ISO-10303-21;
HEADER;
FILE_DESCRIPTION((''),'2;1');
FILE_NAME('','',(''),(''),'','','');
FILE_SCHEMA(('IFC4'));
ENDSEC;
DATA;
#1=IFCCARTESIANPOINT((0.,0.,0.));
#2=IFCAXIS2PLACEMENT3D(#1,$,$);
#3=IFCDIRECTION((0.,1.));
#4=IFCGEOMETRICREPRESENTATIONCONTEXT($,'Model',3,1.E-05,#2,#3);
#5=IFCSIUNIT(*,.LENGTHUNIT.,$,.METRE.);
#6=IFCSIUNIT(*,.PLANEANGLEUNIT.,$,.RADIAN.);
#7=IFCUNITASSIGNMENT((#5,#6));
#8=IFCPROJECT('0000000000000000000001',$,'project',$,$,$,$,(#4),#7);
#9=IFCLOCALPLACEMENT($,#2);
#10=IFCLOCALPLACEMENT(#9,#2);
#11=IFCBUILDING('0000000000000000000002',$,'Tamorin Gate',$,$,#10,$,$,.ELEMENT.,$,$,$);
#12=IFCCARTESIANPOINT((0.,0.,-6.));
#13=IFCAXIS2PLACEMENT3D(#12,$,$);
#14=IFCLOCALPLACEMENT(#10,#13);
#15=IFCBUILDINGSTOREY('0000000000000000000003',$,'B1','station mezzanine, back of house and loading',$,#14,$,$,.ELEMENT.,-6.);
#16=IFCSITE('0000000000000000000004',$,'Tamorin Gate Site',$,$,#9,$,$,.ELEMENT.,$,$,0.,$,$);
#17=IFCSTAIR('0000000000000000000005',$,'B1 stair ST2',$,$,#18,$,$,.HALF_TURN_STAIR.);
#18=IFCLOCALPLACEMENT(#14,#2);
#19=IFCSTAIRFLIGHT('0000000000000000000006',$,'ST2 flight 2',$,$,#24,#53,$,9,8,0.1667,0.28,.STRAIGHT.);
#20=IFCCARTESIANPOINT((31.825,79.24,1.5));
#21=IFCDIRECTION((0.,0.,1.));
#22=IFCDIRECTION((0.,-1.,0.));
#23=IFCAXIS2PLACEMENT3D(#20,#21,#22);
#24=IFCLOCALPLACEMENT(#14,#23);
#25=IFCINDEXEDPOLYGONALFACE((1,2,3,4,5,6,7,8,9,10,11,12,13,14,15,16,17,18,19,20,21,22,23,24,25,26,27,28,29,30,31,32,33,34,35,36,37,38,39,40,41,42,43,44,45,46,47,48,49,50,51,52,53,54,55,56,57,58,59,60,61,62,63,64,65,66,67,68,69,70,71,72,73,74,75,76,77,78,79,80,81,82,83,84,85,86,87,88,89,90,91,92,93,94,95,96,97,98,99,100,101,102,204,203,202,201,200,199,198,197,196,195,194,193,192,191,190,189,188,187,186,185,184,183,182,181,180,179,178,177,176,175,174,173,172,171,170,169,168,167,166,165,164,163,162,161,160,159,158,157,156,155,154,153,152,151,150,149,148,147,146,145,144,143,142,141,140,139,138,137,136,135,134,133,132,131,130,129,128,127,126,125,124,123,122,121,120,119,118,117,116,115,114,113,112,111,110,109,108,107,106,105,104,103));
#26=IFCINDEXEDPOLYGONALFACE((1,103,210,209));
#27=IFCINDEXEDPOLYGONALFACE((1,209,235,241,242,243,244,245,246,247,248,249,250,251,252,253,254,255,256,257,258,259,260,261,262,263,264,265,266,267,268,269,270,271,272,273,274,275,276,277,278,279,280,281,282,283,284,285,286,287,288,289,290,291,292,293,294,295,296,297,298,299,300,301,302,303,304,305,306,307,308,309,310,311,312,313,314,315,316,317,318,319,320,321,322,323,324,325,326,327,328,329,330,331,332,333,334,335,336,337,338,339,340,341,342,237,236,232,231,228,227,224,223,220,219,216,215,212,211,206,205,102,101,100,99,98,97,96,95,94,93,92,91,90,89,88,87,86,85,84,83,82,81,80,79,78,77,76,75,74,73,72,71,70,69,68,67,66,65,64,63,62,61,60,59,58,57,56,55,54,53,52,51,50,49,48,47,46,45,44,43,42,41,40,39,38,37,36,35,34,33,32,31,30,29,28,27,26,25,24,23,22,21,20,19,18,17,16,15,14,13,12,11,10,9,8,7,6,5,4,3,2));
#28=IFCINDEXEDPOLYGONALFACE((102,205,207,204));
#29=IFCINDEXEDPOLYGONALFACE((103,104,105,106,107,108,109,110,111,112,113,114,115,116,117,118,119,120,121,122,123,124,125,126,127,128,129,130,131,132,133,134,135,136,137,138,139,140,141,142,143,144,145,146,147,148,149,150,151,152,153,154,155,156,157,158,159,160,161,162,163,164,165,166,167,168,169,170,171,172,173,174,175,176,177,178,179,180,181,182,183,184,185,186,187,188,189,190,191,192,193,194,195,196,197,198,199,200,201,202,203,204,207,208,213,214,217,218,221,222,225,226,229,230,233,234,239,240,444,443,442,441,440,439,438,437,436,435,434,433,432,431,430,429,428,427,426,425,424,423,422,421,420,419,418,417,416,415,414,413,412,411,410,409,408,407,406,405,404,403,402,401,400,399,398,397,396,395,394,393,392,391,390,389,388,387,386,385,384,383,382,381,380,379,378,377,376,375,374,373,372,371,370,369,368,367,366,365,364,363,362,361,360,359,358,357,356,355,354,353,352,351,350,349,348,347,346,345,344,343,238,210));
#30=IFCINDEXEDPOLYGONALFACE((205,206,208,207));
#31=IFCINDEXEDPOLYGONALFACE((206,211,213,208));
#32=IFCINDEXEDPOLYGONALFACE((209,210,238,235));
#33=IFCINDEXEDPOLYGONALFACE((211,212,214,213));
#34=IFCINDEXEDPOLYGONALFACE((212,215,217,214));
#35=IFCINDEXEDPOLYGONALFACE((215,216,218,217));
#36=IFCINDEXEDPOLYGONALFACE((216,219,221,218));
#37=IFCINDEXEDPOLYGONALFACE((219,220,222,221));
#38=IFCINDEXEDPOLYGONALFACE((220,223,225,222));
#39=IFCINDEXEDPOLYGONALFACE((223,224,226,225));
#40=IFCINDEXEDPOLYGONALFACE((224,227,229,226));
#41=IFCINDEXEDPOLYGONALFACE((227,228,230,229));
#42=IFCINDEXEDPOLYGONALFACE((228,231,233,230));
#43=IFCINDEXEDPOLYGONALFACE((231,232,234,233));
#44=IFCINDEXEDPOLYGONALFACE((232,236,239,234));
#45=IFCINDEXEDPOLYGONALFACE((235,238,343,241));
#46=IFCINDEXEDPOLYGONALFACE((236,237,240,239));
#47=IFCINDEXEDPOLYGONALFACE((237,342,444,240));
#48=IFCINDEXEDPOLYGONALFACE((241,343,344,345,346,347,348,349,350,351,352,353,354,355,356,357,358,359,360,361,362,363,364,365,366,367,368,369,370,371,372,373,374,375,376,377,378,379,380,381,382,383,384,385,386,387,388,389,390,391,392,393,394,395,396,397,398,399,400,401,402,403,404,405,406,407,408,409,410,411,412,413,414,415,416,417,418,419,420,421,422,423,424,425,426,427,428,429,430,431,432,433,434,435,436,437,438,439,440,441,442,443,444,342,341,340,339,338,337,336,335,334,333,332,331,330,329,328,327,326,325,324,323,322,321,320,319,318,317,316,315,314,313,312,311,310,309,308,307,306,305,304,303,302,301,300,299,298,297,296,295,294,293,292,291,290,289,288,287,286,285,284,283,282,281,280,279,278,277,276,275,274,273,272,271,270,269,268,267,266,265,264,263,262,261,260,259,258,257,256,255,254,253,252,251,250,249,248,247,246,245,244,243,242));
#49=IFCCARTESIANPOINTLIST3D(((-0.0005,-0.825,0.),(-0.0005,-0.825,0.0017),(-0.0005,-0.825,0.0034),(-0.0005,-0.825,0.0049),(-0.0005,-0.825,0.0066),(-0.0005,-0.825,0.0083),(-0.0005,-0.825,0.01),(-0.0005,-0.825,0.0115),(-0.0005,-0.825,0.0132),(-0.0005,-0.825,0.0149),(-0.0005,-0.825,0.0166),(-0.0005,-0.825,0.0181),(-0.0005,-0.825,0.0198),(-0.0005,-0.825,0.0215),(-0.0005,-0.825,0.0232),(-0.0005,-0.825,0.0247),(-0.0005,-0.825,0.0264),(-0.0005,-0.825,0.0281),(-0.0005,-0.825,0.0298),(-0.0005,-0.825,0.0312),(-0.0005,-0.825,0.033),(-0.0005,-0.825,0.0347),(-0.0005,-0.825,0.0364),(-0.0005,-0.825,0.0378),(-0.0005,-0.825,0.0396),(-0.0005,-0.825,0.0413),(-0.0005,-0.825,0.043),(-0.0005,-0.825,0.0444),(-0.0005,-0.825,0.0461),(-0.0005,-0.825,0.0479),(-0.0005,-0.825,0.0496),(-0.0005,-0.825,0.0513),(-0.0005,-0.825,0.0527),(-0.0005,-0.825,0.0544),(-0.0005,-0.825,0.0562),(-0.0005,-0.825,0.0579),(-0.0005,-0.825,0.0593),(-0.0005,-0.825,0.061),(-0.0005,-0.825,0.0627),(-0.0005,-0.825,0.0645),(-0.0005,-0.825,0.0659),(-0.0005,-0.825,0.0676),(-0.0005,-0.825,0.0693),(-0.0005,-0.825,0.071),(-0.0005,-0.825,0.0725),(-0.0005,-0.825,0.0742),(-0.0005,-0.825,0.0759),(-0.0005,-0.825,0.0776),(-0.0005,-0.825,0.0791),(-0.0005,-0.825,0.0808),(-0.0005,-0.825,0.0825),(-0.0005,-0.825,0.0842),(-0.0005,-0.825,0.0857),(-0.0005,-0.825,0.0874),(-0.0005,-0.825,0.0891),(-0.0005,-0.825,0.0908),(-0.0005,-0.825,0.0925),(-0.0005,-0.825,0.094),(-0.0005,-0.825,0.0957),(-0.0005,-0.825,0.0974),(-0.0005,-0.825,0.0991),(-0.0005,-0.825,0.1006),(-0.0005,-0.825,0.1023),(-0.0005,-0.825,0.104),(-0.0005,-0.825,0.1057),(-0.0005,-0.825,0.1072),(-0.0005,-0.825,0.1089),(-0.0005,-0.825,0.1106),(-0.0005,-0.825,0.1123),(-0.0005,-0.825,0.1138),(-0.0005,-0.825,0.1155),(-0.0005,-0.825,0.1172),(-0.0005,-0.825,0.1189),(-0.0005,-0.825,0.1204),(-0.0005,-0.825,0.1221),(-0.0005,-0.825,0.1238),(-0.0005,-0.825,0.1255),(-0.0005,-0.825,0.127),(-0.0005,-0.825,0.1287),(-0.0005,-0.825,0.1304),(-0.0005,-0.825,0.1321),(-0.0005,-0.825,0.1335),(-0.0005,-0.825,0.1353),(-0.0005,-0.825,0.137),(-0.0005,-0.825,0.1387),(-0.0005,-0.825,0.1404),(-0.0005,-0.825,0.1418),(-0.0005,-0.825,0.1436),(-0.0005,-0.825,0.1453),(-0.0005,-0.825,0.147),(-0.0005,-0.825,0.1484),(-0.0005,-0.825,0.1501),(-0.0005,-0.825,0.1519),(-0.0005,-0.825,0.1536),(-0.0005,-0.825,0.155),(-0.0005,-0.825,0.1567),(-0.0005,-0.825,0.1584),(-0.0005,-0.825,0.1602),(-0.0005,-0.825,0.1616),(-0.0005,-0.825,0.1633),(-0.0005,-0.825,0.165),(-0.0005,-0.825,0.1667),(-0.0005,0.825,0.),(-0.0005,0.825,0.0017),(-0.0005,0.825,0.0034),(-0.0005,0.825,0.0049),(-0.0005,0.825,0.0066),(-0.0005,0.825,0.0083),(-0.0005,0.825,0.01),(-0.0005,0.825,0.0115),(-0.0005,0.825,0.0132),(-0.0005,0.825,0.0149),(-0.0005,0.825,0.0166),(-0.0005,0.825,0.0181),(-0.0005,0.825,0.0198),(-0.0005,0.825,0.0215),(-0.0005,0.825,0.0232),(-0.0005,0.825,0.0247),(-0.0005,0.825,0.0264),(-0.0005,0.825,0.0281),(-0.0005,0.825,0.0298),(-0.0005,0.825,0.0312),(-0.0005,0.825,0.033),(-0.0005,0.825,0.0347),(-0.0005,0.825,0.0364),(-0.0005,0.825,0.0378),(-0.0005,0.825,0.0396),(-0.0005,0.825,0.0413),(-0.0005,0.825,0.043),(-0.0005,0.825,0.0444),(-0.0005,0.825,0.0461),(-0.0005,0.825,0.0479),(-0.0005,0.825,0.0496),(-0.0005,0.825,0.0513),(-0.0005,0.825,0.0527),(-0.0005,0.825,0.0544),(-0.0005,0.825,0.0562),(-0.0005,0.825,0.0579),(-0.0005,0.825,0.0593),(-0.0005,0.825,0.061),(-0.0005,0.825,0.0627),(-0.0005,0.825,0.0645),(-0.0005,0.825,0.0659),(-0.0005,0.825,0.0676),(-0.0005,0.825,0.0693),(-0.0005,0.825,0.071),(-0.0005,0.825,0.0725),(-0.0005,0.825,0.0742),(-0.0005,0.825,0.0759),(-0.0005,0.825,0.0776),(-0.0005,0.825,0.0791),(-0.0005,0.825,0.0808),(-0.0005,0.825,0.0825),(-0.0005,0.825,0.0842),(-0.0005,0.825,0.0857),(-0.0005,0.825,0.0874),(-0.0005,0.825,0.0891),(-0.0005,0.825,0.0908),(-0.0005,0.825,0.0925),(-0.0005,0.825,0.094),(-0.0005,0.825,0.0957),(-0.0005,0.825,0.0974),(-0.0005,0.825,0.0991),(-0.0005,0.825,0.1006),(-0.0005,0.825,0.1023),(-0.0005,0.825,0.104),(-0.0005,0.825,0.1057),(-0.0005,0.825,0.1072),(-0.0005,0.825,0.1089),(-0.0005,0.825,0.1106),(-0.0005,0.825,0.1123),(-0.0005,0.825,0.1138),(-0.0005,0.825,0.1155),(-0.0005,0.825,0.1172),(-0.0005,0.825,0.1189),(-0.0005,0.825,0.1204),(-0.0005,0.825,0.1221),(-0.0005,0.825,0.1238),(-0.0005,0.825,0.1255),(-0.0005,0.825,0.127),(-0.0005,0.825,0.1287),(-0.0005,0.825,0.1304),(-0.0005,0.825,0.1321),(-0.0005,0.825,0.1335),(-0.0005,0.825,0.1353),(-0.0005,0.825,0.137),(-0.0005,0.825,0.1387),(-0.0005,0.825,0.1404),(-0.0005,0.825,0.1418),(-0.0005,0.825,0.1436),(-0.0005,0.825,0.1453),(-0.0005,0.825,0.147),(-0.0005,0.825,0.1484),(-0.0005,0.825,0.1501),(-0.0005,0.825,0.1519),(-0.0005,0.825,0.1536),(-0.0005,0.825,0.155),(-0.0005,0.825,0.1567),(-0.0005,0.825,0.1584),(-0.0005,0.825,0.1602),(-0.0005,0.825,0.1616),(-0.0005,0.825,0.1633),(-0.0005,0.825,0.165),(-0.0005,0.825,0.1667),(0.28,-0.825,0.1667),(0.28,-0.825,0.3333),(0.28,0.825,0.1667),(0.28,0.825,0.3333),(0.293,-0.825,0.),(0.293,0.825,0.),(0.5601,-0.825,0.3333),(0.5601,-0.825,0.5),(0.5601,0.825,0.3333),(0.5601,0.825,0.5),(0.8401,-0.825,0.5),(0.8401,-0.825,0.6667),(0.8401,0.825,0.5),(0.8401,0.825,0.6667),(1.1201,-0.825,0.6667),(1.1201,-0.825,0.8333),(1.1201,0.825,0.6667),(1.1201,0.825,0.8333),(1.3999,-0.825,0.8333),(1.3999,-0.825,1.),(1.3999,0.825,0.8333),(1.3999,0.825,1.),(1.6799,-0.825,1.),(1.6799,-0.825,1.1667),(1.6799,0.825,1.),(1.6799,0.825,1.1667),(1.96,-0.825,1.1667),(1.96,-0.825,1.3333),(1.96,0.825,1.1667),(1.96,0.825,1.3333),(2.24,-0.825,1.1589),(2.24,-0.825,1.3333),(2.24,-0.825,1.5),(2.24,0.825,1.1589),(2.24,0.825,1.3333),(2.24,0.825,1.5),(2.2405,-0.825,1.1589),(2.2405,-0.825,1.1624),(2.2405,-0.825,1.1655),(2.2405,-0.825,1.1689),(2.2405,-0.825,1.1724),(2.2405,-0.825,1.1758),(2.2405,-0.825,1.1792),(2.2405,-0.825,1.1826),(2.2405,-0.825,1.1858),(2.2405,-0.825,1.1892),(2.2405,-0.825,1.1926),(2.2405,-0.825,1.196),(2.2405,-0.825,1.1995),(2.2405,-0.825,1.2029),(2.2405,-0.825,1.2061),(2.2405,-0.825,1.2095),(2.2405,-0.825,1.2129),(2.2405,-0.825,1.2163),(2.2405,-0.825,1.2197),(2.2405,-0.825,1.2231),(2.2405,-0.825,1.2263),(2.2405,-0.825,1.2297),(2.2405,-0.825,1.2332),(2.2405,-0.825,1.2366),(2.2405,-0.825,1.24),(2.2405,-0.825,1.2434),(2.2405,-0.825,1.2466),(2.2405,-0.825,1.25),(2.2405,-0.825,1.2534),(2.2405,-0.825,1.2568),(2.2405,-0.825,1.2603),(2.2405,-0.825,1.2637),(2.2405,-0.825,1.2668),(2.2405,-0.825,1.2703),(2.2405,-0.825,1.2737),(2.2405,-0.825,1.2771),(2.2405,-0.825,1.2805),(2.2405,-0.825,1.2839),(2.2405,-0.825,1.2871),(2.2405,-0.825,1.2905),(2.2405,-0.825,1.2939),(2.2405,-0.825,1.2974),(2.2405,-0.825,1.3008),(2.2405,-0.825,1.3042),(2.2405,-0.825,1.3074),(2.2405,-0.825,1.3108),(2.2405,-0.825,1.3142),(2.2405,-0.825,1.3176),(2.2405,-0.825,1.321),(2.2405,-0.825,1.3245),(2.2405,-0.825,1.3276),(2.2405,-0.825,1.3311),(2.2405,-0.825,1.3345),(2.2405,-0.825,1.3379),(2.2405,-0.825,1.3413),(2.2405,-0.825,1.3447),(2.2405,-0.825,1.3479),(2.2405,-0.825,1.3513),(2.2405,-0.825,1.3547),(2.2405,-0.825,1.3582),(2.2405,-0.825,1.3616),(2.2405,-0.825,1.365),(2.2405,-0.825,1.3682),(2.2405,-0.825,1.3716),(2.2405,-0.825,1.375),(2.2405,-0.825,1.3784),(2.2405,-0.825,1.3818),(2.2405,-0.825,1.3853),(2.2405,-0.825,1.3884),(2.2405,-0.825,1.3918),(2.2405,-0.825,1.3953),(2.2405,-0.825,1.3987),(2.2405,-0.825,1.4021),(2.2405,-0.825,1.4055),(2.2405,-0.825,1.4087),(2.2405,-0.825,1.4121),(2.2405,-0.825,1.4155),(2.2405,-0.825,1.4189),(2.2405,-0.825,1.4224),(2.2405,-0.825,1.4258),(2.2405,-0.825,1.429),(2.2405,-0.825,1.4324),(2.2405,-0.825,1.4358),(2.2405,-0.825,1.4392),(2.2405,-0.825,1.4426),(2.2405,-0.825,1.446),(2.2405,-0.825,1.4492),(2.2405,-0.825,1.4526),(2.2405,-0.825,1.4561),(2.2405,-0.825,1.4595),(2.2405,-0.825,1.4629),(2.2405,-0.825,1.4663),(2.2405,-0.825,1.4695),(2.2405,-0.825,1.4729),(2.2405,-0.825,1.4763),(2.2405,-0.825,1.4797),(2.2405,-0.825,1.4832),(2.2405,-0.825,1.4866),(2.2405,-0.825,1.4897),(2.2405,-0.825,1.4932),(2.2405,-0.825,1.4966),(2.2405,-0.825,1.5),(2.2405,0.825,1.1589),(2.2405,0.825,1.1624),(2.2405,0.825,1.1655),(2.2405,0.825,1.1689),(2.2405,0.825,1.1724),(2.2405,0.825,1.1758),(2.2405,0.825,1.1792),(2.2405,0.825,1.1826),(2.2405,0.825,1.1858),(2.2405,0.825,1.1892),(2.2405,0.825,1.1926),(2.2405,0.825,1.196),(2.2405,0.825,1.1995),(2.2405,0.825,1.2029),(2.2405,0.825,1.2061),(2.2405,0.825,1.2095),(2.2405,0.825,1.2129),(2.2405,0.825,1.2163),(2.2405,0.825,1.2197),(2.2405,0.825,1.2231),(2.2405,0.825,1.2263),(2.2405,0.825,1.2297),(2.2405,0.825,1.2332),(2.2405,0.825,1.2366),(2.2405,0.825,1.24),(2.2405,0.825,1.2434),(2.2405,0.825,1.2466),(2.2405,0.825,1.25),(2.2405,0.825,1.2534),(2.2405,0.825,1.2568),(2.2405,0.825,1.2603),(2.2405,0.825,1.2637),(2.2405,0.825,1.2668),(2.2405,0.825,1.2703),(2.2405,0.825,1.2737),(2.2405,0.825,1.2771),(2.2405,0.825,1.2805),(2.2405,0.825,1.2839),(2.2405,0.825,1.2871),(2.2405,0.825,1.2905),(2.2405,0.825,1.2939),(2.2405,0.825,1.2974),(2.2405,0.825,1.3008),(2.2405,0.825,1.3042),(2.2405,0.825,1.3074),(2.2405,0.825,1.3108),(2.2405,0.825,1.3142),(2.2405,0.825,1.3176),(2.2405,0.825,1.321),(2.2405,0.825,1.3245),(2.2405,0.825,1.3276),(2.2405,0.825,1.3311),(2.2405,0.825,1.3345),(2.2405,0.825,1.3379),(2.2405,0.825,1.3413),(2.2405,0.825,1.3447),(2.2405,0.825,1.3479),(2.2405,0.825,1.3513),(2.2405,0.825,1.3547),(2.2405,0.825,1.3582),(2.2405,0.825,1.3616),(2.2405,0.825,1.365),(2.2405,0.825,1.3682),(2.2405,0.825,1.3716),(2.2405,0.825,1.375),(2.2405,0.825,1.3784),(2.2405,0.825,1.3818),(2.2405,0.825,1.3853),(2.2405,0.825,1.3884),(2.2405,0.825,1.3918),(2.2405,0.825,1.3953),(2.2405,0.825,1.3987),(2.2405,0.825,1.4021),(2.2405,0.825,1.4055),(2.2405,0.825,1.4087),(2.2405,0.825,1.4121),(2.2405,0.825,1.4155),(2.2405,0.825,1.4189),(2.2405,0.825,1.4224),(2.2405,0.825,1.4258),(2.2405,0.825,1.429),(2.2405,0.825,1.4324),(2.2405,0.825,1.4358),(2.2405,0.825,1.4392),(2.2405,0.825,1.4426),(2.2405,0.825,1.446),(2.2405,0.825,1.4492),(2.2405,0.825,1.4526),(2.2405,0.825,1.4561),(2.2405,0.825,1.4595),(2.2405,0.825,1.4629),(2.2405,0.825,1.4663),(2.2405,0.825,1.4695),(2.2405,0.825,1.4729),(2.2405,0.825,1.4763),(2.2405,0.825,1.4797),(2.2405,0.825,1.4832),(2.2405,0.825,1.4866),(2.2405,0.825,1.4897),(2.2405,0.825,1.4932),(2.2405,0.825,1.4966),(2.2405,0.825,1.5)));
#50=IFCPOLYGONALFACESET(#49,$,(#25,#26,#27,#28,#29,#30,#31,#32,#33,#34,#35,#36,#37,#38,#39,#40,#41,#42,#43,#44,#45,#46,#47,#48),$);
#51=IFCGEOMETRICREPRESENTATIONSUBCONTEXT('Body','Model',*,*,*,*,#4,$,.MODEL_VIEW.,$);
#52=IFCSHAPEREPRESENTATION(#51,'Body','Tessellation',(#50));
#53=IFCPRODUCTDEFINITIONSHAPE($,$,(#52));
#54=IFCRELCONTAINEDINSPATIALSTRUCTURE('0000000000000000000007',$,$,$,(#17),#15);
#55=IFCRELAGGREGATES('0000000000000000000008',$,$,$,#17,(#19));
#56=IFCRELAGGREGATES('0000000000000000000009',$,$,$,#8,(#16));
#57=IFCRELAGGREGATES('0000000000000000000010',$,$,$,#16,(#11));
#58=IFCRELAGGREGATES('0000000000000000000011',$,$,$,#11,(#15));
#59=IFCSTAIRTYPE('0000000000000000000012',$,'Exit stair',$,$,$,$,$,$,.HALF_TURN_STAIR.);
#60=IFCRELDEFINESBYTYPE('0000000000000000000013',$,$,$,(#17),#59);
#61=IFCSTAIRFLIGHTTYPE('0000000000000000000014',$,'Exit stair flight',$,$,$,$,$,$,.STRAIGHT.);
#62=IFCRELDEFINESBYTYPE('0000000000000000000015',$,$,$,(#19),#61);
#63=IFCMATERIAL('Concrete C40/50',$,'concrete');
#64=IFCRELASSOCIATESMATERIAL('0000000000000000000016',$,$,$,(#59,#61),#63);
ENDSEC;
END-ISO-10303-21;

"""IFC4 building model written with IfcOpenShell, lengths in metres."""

from ifc_helpers import new_model, si_unit, direction, frame, origin, place, context, subcontext, project, spatial, polyline, outline, extrude, material, type_object, element, aggregate, save


model = new_model("IFC4")

# Units and contexts
model_context = context("Model", 3, precision=1e-05, world=origin(), true_north=direction((0.0, 1.0)))
body_context = subcontext(model_context, "Body", "Model", "MODEL_VIEW")
ifc_project = project(units=[si_unit("LENGTHUNIT", "METRE"), si_unit("PLANEANGLEUNIT", "RADIAN")], contexts=[model_context])

# Site, building, storey
site_placement = place(None, origin())
site = spatial("IfcSite", under=ifc_project, at=site_placement, Name="Tamorin Gate Site", CompositionType="ELEMENT", RefElevation=0.0)
building_placement = place(site_placement, origin())
building = spatial("IfcBuilding", under=site, at=building_placement, Name="Tamorin Gate", CompositionType="ELEMENT")
storey_placement = place(building_placement, frame((0.0, 0.0, -6.0)))
storey = spatial("IfcBuildingStorey", under=building, at=storey_placement, Name="B1", Description="station mezzanine, back of house and loading", CompositionType="ELEMENT", Elevation=-6.0)

# Shared definitions
ifc_material_1 = material(Name="Concrete C40/50", Category="concrete")

# Stair, stair flight
stair_type = type_object("IfcStairType", Name="Exit stair", PredefinedType="HALF_TURN_STAIR", material=ifc_material_1)
stair_placement = place(storey_placement, origin())
stair = element("IfcStair", 1, at=stair_placement, inside=storey, type_object=stair_type, Name="B1 stair ST2", PredefinedType="HALF_TURN_STAIR")
stair_flight_type = type_object("IfcStairFlightType", Name="Exit stair flight", PredefinedType="STRAIGHT", material=ifc_material_1)
stair_flight_1_placement = place(storey_placement, frame((31.825, 79.24, 1.5), z_axis=(0.0, 0.0, 1.0), x_axis=(0.0, -1.0, 0.0)))
stair_flight_1 = element("IfcStairFlight", 2, at=stair_flight_1_placement, type_object=stair_flight_type, Name="ST2 flight 2", NumberOfRisers=9, NumberOfTreads=8, PredefinedType="STRAIGHT", RiserHeight=0.1667, TreadLength=0.28, context=body_context, shape_type="SweptSolid", body=[
    extrude(outline(polyline([(-0.0005, 0.0), (-0.0005, 0.0017), (-0.0005, 0.0034), (-0.0005, 0.0049), (-0.0005, 0.0066), (-0.0005, 0.0083), (-0.0005, 0.01), (-0.0005, 0.0115), (-0.0005, 0.0132), (-0.0005, 0.0149), (-0.0005, 0.0166), (-0.0005, 0.0181), (-0.0005, 0.0198), (-0.0005, 0.0215), (-0.0005, 0.0232), (-0.0005, 0.0247), (-0.0005, 0.0264), (-0.0005, 0.0281), (-0.0005, 0.0298), (-0.0005, 0.0312), (-0.0005, 0.033), (-0.0005, 0.0347), (-0.0005, 0.0364), (-0.0005, 0.0378), (-0.0005, 0.0396), (-0.0005, 0.0413), (-0.0005, 0.043), (-0.0005, 0.0444), (-0.0005, 0.0461), (-0.0005, 0.0479), (-0.0005, 0.0496), (-0.0005, 0.0513), (-0.0005, 0.0527), (-0.0005, 0.0544), (-0.0005, 0.0562), (-0.0005, 0.0579), (-0.0005, 0.0593), (-0.0005, 0.061), (-0.0005, 0.0627), (-0.0005, 0.0645), (-0.0005, 0.0659), (-0.0005, 0.0676), (-0.0005, 0.0693), (-0.0005, 0.071), (-0.0005, 0.0725), (-0.0005, 0.0742), (-0.0005, 0.0759), (-0.0005, 0.0776), (-0.0005, 0.0791), (-0.0005, 0.0808), (-0.0005, 0.0825), (-0.0005, 0.0842), (-0.0005, 0.0857), (-0.0005, 0.0874), (-0.0005, 0.0891), (-0.0005, 0.0908), (-0.0005, 0.0925), (-0.0005, 0.094), (-0.0005, 0.0957), (-0.0005, 0.0974), (-0.0005, 0.0991), (-0.0005, 0.1006), (-0.0005, 0.1023), (-0.0005, 0.104), (-0.0005, 0.1057), (-0.0005, 0.1072), (-0.0005, 0.1089), (-0.0005, 0.1106), (-0.0005, 0.1123), (-0.0005, 0.1138), (-0.0005, 0.1155), (-0.0005, 0.1172), (-0.0005, 0.1189), (-0.0005, 0.1204), (-0.0005, 0.1221), (-0.0005, 0.1238), (-0.0005, 0.1255), (-0.0005, 0.127), (-0.0005, 0.1287), (-0.0005, 0.1304), (-0.0005, 0.1321), (-0.0005, 0.1335), (-0.0005, 0.1353), (-0.0005, 0.137), (-0.0005, 0.1387), (-0.0005, 0.1404), (-0.0005, 0.1418), (-0.0005, 0.1436), (-0.0005, 0.1453), (-0.0005, 0.147), (-0.0005, 0.1484), (-0.0005, 0.1501), (-0.0005, 0.1519), (-0.0005, 0.1536), (-0.0005, 0.155), (-0.0005, 0.1567), (-0.0005, 0.1584), (-0.0005, 0.1602), (-0.0005, 0.1616), (-0.0005, 0.1633), (-0.0005, 0.165), (-0.0005, 0.1667), (0.28, 0.1667), (0.28, 0.3333), (0.5601, 0.3333), (0.5601, 0.5), (0.8401, 0.5), (0.8401, 0.6667), (1.1201, 0.6667), (1.1201, 0.8333), (1.3999, 0.8333), (1.3999, 1.0), (1.6799, 1.0), (1.6799, 1.1667), (1.96, 1.1667), (1.96, 1.3333), (2.24, 1.3333), (2.24, 1.5), (2.2405, 1.5), (2.2405, 1.4966), (2.2405, 1.4932), (2.2405, 1.4897), (2.2405, 1.4866), (2.2405, 1.4832), (2.2405, 1.4797), (2.2405, 1.4763), (2.2405, 1.4729), (2.2405, 1.4695), (2.2405, 1.4663), (2.2405, 1.4629), (2.2405, 1.4595), (2.2405, 1.4561), (2.2405, 1.4526), (2.2405, 1.4492), (2.2405, 1.446), (2.2405, 1.4426), (2.2405, 1.4392), (2.2405, 1.4358), (2.2405, 1.4324), (2.2405, 1.429), (2.2405, 1.4258), (2.2405, 1.4224), (2.2405, 1.4189), (2.2405, 1.4155), (2.2405, 1.4121), (2.2405, 1.4087), (2.2405, 1.4055), (2.2405, 1.4021), (2.2405, 1.3987), (2.2405, 1.3953), (2.2405, 1.3918), (2.2405, 1.3884), (2.2405, 1.3853), (2.2405, 1.3818), (2.2405, 1.3784), (2.2405, 1.375), (2.2405, 1.3716), (2.2405, 1.3682), (2.2405, 1.365), (2.2405, 1.3616), (2.2405, 1.3582), (2.2405, 1.3547), (2.2405, 1.3513), (2.2405, 1.3479), (2.2405, 1.3447), (2.2405, 1.3413), (2.2405, 1.3379), (2.2405, 1.3345), (2.2405, 1.3311), (2.2405, 1.3276), (2.2405, 1.3245), (2.2405, 1.321), (2.2405, 1.3176), (2.2405, 1.3142), (2.2405, 1.3108), (2.2405, 1.3074), (2.2405, 1.3042), (2.2405, 1.3008), (2.2405, 1.2974), (2.2405, 1.2939), (2.2405, 1.2905), (2.2405, 1.2871), (2.2405, 1.2839), (2.2405, 1.2805), (2.2405, 1.2771), (2.2405, 1.2737), (2.2405, 1.2703), (2.2405, 1.2668), (2.2405, 1.2637), (2.2405, 1.2603), (2.2405, 1.2568), (2.2405, 1.2534), (2.2405, 1.25), (2.2405, 1.2466), (2.2405, 1.2434), (2.2405, 1.24), (2.2405, 1.2366), (2.2405, 1.2332), (2.2405, 1.2297), (2.2405, 1.2263), (2.2405, 1.2231), (2.2405, 1.2197), (2.2405, 1.2163), (2.2405, 1.2129), (2.2405, 1.2095), (2.2405, 1.2061), (2.2405, 1.2029), (2.2405, 1.1995), (2.2405, 1.196), (2.2405, 1.1926), (2.2405, 1.1892), (2.2405, 1.1858), (2.2405, 1.1826), (2.2405, 1.1792), (2.2405, 1.1758), (2.2405, 1.1724), (2.2405, 1.1689), (2.2405, 1.1655), (2.2405, 1.1624), (2.2405, 1.1589), (2.24, 1.1589), (0.293, 0.0), (-0.0005, 0.0)])), frame((0.0, 0.825, 0.0), z_axis=(0.0, -1.0, 0.0), x_axis=(1.0, 0.0, 0.0)), (0.0, 0.0, 1.0), 1.6499),
])
aggregate(stair, [stair_flight_1])

save(model, "model.ifc")
